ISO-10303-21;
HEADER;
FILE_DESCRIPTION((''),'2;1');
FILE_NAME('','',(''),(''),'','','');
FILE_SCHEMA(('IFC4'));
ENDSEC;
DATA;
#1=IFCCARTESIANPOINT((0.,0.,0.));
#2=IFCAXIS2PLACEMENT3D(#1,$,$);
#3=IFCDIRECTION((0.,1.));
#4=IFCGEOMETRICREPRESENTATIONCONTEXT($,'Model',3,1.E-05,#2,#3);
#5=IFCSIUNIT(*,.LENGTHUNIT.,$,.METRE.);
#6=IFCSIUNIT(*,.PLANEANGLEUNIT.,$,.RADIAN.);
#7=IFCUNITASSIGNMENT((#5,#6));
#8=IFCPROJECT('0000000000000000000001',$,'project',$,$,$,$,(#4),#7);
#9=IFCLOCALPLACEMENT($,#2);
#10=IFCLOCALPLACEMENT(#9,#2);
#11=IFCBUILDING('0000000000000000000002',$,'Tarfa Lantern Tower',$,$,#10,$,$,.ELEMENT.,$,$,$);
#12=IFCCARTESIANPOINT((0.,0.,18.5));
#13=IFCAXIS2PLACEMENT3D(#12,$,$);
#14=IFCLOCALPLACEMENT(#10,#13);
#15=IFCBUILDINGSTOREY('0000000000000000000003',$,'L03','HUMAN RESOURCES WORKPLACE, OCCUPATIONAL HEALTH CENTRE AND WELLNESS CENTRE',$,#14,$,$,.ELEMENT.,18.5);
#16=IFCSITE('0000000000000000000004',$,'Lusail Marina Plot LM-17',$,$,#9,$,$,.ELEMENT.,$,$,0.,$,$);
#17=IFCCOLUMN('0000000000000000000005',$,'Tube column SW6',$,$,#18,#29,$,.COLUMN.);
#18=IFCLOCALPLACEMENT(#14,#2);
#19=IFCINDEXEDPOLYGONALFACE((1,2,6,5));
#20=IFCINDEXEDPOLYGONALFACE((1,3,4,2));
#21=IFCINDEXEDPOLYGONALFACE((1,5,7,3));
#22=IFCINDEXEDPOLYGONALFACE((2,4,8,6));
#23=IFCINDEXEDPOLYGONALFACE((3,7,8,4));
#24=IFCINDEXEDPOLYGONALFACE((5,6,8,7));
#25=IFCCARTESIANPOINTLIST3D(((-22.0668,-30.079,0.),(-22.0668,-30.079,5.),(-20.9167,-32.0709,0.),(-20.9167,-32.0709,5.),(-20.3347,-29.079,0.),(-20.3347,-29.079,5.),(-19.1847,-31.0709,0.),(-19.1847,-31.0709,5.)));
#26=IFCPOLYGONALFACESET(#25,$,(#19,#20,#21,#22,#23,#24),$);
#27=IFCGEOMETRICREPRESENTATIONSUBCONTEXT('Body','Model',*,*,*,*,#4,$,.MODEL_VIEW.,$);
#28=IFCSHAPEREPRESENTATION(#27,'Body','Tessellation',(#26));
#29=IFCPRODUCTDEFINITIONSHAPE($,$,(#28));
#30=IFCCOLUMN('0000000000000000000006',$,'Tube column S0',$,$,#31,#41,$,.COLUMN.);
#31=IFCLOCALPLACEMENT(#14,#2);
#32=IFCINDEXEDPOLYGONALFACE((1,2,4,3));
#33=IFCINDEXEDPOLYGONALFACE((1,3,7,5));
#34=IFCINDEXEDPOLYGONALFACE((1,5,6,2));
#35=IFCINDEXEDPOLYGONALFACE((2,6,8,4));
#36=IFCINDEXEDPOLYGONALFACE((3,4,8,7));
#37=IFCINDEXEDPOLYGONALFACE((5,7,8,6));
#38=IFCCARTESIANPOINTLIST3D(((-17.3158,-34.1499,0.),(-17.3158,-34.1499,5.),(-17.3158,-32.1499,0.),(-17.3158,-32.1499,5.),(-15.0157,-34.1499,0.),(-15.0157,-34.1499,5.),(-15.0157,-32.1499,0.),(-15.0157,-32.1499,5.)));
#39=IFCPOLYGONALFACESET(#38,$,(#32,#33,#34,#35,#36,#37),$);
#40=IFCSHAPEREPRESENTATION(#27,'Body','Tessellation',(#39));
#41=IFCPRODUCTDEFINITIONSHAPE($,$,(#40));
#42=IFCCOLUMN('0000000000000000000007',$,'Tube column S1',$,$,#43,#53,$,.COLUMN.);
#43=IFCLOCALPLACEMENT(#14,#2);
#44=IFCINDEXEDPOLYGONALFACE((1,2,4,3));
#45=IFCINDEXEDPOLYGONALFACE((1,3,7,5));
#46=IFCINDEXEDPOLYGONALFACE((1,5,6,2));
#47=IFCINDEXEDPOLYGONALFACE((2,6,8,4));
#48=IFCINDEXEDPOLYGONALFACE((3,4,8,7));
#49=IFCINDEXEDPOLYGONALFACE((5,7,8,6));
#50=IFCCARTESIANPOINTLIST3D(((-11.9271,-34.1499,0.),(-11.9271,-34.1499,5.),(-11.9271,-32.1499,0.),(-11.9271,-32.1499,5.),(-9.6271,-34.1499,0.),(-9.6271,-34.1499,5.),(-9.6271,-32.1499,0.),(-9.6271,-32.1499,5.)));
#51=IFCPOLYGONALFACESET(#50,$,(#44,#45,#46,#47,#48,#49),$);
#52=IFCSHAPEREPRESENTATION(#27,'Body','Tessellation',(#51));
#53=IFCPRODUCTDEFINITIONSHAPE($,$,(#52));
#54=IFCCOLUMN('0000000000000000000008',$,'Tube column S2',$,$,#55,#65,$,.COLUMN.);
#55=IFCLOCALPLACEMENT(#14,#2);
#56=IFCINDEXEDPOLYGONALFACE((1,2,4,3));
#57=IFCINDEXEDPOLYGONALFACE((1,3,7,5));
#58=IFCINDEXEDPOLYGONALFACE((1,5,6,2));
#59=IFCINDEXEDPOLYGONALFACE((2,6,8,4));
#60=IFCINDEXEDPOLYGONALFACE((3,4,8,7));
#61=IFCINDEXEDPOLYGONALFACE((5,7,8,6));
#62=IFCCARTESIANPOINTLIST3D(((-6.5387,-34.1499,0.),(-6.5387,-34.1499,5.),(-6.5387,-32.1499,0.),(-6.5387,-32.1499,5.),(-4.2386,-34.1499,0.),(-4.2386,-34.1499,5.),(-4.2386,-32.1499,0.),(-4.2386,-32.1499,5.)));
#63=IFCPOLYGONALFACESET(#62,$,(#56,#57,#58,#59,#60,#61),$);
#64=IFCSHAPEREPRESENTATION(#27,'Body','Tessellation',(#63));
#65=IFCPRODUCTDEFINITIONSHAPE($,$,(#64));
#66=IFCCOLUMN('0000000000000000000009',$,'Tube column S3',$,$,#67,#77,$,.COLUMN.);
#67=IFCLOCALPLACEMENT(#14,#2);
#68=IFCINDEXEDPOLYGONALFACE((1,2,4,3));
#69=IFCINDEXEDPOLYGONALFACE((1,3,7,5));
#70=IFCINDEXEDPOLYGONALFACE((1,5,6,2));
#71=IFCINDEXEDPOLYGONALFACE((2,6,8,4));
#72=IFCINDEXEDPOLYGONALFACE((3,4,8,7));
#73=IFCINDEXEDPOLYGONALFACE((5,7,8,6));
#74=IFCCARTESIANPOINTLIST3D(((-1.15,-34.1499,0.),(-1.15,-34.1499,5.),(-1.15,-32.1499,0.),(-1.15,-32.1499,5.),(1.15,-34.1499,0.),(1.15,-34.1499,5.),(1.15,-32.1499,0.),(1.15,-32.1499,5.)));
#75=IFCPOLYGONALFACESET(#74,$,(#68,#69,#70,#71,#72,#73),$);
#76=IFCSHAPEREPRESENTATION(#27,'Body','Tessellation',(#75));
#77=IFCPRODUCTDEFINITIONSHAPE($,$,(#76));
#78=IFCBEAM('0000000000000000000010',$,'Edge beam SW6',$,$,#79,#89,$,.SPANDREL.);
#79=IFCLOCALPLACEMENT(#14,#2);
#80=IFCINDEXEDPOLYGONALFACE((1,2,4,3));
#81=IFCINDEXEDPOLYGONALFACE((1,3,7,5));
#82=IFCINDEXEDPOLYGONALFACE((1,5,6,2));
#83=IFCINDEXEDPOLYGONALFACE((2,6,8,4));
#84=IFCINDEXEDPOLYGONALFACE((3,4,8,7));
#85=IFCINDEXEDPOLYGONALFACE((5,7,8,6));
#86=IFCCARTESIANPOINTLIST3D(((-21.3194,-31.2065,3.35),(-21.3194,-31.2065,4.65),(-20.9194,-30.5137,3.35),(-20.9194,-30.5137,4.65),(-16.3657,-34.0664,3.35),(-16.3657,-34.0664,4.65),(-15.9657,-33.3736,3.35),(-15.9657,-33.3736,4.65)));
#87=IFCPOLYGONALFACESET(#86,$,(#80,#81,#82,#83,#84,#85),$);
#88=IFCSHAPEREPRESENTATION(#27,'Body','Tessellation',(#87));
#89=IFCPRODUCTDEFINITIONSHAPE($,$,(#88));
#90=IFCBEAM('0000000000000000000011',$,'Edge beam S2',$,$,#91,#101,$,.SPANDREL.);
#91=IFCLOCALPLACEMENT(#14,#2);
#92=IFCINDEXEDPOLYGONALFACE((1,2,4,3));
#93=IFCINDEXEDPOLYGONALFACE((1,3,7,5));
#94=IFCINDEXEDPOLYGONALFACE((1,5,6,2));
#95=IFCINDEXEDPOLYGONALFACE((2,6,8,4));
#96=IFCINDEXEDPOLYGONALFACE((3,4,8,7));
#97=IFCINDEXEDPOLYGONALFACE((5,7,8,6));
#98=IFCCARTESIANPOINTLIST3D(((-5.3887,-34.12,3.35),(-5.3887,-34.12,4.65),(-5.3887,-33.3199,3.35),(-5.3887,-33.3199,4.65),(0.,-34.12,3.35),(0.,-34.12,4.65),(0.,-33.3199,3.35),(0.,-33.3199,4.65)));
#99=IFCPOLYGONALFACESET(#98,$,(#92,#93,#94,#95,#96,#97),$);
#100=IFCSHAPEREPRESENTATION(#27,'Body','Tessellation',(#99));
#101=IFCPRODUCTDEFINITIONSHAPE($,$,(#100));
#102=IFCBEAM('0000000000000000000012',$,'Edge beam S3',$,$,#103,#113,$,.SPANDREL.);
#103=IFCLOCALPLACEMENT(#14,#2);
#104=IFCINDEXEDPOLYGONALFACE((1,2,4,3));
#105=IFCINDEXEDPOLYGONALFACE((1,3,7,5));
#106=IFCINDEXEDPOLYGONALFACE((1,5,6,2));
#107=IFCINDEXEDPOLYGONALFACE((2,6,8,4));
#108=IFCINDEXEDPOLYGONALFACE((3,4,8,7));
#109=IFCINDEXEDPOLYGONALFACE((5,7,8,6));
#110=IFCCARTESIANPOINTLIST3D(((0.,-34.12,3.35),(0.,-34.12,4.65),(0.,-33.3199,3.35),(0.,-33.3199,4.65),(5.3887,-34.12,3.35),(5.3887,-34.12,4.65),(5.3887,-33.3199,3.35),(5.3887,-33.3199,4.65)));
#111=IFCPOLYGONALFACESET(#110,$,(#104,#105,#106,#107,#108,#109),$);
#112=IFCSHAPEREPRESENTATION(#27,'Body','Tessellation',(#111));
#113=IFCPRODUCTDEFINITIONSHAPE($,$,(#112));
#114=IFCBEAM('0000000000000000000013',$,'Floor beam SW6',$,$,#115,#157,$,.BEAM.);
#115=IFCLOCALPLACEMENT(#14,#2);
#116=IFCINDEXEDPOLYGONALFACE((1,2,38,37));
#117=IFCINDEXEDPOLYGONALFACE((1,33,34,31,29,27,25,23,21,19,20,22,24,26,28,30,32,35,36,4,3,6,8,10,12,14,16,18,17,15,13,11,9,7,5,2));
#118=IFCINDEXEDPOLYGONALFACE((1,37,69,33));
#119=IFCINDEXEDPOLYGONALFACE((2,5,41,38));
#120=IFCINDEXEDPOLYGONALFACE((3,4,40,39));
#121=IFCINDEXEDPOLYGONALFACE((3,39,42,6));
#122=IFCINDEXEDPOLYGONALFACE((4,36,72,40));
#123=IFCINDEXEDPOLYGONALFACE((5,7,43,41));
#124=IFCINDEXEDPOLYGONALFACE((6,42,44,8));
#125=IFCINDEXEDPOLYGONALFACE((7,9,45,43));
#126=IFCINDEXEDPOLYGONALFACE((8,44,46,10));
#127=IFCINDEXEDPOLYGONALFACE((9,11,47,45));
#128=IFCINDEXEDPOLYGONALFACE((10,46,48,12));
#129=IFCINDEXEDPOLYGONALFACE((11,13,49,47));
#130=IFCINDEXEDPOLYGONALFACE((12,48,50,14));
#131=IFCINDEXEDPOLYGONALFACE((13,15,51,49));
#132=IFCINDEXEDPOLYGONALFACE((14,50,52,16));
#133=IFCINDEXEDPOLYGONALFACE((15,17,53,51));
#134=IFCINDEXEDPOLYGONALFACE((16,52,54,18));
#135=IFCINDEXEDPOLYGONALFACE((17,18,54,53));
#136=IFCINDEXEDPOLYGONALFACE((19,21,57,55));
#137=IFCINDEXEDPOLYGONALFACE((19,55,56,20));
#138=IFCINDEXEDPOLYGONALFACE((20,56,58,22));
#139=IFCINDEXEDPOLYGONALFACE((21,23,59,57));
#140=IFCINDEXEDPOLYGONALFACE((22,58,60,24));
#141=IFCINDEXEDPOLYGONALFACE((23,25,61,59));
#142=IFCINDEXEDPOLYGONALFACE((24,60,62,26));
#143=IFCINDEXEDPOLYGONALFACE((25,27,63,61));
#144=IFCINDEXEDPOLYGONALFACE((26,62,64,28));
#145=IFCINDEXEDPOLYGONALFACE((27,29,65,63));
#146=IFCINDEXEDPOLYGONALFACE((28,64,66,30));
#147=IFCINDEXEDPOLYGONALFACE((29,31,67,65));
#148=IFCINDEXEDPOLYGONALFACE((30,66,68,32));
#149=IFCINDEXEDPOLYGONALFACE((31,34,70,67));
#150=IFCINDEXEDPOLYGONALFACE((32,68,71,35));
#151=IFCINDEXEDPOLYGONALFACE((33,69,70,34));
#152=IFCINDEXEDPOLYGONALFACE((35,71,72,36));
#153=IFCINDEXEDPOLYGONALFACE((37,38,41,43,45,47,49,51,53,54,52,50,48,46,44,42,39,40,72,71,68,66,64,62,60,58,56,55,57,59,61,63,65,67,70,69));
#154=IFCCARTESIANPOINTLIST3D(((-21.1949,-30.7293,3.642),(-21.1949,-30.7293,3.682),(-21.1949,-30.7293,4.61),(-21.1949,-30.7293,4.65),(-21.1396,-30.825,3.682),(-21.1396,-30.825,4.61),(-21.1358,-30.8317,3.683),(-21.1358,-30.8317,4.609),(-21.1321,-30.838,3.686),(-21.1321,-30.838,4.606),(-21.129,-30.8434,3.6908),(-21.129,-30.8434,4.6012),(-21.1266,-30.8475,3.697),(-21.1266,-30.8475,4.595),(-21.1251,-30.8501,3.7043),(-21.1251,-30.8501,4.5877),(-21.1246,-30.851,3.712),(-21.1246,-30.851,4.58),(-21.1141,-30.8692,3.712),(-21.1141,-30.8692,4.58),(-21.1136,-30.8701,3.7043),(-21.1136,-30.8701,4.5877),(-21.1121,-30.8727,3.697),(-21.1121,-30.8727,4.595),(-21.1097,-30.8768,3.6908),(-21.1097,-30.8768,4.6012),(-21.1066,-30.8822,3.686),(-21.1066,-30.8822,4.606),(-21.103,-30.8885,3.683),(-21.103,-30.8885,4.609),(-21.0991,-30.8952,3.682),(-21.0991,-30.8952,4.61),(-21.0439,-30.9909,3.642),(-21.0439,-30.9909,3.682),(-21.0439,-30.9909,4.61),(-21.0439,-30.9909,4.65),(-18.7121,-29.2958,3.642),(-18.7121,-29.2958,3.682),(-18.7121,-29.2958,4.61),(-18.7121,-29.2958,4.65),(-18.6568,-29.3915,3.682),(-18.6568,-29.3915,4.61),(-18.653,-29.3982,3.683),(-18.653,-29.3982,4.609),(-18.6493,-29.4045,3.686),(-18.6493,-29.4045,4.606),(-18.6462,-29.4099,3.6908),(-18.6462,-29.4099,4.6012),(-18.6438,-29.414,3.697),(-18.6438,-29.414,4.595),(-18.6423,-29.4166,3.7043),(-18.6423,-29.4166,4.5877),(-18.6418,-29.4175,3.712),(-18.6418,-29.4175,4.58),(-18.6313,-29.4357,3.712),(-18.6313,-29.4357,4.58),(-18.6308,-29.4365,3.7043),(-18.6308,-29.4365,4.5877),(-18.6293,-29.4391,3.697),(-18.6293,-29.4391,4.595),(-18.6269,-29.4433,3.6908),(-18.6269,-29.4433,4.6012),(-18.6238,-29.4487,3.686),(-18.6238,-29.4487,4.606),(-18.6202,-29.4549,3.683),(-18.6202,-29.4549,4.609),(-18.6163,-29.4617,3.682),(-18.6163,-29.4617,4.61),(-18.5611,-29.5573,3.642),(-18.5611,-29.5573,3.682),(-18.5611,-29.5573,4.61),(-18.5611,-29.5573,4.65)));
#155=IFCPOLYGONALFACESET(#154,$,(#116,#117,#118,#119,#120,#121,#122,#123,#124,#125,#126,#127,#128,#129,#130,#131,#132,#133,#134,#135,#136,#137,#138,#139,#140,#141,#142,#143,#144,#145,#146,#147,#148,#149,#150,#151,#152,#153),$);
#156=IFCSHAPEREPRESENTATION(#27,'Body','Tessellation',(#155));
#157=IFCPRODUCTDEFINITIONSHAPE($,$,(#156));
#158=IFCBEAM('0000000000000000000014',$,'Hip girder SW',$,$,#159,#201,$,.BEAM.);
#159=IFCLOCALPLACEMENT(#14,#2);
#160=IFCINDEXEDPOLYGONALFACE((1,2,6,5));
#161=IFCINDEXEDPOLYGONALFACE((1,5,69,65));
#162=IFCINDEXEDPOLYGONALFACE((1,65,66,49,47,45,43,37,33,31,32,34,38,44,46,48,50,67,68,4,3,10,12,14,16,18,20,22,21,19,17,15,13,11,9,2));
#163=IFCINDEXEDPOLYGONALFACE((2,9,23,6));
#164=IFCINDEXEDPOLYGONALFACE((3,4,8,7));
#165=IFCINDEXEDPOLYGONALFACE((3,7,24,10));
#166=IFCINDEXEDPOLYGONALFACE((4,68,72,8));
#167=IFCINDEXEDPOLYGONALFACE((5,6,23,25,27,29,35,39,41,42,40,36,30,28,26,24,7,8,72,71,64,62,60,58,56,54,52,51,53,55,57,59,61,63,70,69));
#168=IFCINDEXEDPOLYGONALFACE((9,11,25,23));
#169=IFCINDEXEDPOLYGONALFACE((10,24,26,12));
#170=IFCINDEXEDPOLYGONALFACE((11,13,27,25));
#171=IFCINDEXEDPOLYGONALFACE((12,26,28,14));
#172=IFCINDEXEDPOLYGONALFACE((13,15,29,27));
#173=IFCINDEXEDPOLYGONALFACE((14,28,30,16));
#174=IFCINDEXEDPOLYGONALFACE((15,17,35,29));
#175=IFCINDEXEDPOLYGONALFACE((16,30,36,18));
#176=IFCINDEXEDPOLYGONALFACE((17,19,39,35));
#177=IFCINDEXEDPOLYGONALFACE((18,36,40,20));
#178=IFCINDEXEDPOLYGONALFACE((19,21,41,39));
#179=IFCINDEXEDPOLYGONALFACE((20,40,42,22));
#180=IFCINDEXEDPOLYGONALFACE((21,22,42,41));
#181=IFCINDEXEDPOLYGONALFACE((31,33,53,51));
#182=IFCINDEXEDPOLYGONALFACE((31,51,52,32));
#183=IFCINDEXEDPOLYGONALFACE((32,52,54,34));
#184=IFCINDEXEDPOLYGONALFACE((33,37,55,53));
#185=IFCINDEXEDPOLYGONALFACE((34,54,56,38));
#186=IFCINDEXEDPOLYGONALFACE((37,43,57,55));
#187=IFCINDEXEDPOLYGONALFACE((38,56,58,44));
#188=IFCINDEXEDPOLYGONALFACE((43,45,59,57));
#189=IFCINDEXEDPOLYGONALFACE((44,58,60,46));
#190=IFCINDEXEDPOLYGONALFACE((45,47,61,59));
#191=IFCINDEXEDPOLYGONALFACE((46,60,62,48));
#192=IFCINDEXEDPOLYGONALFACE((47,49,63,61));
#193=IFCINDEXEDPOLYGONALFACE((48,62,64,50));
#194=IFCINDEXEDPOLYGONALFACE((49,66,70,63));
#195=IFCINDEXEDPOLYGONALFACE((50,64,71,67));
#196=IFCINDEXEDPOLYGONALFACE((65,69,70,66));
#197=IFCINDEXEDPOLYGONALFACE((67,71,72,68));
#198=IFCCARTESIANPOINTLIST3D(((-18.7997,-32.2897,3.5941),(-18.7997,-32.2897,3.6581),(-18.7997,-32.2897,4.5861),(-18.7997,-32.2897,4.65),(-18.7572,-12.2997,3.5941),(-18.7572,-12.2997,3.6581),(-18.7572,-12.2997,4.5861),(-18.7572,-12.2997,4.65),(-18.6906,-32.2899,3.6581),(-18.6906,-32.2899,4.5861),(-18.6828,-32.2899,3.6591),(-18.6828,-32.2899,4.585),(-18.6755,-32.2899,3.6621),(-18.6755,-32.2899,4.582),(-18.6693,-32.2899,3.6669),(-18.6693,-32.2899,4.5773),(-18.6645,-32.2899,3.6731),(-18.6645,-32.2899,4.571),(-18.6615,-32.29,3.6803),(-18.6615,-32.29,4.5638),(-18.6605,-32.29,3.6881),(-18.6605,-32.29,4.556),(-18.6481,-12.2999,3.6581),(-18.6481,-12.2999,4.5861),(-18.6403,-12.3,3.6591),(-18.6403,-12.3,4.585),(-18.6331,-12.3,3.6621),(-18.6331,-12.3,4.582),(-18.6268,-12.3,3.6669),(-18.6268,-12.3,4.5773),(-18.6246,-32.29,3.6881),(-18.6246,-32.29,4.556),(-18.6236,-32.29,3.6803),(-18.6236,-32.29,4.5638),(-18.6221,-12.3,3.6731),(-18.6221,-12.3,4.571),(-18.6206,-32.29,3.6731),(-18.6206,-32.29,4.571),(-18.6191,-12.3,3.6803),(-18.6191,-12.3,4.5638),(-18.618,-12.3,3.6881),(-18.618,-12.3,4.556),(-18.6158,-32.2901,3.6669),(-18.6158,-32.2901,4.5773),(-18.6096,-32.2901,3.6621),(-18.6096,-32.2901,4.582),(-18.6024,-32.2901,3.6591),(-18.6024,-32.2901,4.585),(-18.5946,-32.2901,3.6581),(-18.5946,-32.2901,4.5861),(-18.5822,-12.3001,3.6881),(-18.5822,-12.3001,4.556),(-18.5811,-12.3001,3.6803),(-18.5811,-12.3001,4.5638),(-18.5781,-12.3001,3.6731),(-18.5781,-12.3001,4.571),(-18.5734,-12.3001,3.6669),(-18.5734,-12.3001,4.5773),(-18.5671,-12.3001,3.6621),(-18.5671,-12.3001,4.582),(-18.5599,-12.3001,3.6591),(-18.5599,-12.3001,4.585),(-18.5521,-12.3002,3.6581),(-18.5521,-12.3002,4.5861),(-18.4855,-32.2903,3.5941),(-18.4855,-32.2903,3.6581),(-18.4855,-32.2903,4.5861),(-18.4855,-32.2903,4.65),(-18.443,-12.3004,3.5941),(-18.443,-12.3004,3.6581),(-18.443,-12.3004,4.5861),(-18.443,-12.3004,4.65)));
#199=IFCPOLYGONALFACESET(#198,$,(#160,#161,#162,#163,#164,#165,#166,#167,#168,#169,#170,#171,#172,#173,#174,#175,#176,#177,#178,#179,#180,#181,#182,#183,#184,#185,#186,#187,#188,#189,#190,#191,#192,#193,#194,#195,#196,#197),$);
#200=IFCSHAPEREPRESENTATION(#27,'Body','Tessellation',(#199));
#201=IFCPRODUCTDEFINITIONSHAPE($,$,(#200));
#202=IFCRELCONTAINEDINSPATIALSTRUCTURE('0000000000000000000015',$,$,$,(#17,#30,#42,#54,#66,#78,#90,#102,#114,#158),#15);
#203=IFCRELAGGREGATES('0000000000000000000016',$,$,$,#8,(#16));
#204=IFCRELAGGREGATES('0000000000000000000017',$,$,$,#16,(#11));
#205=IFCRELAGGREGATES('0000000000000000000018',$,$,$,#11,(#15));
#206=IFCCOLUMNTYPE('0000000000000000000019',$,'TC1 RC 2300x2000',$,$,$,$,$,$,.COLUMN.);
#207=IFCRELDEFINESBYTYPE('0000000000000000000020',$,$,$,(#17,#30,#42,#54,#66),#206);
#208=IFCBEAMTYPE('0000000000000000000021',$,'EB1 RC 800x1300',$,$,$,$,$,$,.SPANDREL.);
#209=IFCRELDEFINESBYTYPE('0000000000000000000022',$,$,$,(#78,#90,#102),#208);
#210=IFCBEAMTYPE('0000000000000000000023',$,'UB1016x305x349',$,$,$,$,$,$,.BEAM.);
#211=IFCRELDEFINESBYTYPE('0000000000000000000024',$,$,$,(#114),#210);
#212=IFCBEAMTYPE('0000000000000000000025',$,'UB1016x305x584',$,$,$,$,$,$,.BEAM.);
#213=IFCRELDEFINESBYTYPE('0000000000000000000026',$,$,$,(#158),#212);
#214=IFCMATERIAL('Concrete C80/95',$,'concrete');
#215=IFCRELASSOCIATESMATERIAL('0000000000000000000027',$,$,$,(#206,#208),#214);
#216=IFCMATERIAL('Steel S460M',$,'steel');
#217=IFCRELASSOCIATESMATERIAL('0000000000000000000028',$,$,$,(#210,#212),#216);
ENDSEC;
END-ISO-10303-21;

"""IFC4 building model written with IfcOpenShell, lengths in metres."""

from ifc_helpers import new_model, si_unit, direction, frame, origin, origin_2d, place, context, subcontext, project, spatial, rectangle, i_section, extrude, material, material_profile, profile_set, type_object, element, save


model = new_model("IFC4")

# Units and contexts
model_context = context("Model", 3, precision=1e-05, world=origin(), true_north=direction((0.0, 1.0)))
body_context = subcontext(model_context, "Body", "Model", "MODEL_VIEW")
ifc_project = project(units=[si_unit("LENGTHUNIT", "METRE"), si_unit("PLANEANGLEUNIT", "RADIAN")], contexts=[model_context])

# Site, building, storey
site_placement = place(None, origin())
site = spatial("IfcSite", under=ifc_project, at=site_placement, Name="Lusail Marina Plot LM-17", CompositionType="ELEMENT", RefElevation=0.0)
building_placement = place(site_placement, origin())
building = spatial("IfcBuilding", under=site, at=building_placement, Name="Tarfa Lantern Tower", CompositionType="ELEMENT")
storey_placement = place(building_placement, frame((0.0, 0.0, 18.5)))
storey = spatial("IfcBuildingStorey", under=building, at=storey_placement, Name="L03", Description="HUMAN RESOURCES WORKPLACE, OCCUPATIONAL HEALTH CENTRE AND WELLNESS CENTRE", CompositionType="ELEMENT", Elevation=18.5)

# Columns
ifc_material_1 = material(Name="Concrete C80/95", Category="concrete")
ifc_material_profile_1 = material_profile(ifc_material_1, rectangle(XDim=2.3, YDim=2.0, at=origin_2d()), Name="RC 2300x2000")
ifc_profile_set_1 = profile_set([ifc_material_profile_1], Name="Concrete C80/95")
column_type = type_object("IfcColumnType", Name="TC1 RC 2300x2000", PredefinedType="COLUMN", material=ifc_profile_set_1)
for number, where, z_axis, x_axis, name in (
    (1, (-20.6257, -30.575, 0.0), (0.0, 0.0, 1.0), (0.5, -0.866025, 0.0), "Tube column SW6"),
    (2, (-16.1658, -33.1499, 0.0), (0.0, 0.0, 1.0), (1.0, 0.0, 0.0), "Tube column S0"),
    (3, (-10.7771, -33.1499, 0.0), (0.0, 0.0, 1.0), (1.0, 0.0, 0.0), "Tube column S1"),
    (4, (-5.3887, -33.1499, 0.0), (0.0, 0.0, 1.0), (1.0, 0.0, 0.0), "Tube column S2"),
    (5, (0.0, -33.1499, 0.0), (0.0, 0.0, 1.0), (1.0, 0.0, 0.0), "Tube column S3"),
):
    element("IfcColumn", number, at=place(storey_placement, frame(where, z_axis=z_axis, x_axis=x_axis)), inside=storey, type_object=column_type, Name=name, PredefinedType="COLUMN", context=body_context, shape_type="SweptSolid", body=[
        extrude(rectangle(XDim=2.3, YDim=2.0, at=origin_2d()), origin(), (0.0, 0.0, 1.0), 5.0),
    ])

# Beams
ifc_material_profile_2 = material_profile(ifc_material_1, rectangle(XDim=0.8, YDim=1.3, at=origin_2d()), Name="RC 800x1300")
ifc_profile_set_2 = profile_set([ifc_material_profile_2], Name="Concrete C80/95")
beam_type_1 = type_object("IfcBeamType", Name="EB1 RC 800x1300", PredefinedType="SPANDREL", material=ifc_profile_set_2)
beam_1_placement = place(storey_placement, frame((-21.1194, -30.8601, 4.0), z_axis=(0.866033, -0.499986, 0.0), x_axis=(0.499986, 0.866033, 0.0)))
element("IfcBeam", 6, at=beam_1_placement, inside=storey, type_object=beam_type_1, Name="Edge beam SW6", PredefinedType="SPANDREL", context=body_context, shape_type="SweptSolid", body=[
    extrude(rectangle(XDim=0.8, YDim=1.3, at=origin_2d()), origin(), (0.0, 0.0, 1.0), 5.72),
])
for number, where, z_axis, x_axis, name in (
    (7, (-5.3887, -33.72, 4.0), (1.0, 0.0, 0.0), (0.0, 1.0, 0.0), "Edge beam S2"),
    (8, (0.0, -33.72, 4.0), (1.0, 0.0, 0.0), (0.0, 1.0, 0.0), "Edge beam S3"),
):
    element("IfcBeam", number, at=place(storey_placement, frame(where, z_axis=z_axis, x_axis=x_axis)), inside=storey, type_object=beam_type_1, Name=name, PredefinedType="SPANDREL", context=body_context, shape_type="SweptSolid", body=[
        extrude(rectangle(XDim=0.8, YDim=1.3, at=origin_2d()), origin(), (0.0, 0.0, 1.0), 5.3887),
    ])
ifc_material_2 = material(Name="Steel S460M", Category="steel")
ifc_material_profile_3 = material_profile(ifc_material_2, i_section(OverallWidth=0.302, OverallDepth=1.0081, WebThickness=0.021, FlangeThickness=0.04, FilletRadius=0.03, at=origin_2d()), Name="UB1016x305x349")
ifc_profile_set_3 = profile_set([ifc_material_profile_3], Name="Steel S460M")
beam_type_2 = type_object("IfcBeamType", Name="UB1016x305x349", PredefinedType="BEAM", material=ifc_profile_set_3)
beam_2_placement = place(storey_placement, frame((-21.1194, -30.8601, 4.146), z_axis=(0.866013, 0.500022, 0.0), x_axis=(-0.500022, 0.866013, 0.0)))
element("IfcBeam", 9, at=beam_2_placement, inside=storey, type_object=beam_type_2, Name="Floor beam SW6", PredefinedType="BEAM", context=body_context, shape_type="SweptSolid", body=[
    extrude(i_section(OverallWidth=0.302, OverallDepth=1.0081, WebThickness=0.021, FlangeThickness=0.04, FilletRadius=0.03, at=origin_2d()), origin(), (0.0, 0.0, 1.0), 2.8669),
])
ifc_material_profile_4 = material_profile(ifc_material_2, i_section(OverallWidth=0.3142, OverallDepth=1.0559, WebThickness=0.0359, FlangeThickness=0.064, FilletRadius=0.03, at=origin_2d()), Name="UB1016x305x584")
ifc_profile_set_4 = profile_set([ifc_material_profile_4], Name="Steel S460M")
beam_type_3 = type_object("IfcBeamType", Name="UB1016x305x584", PredefinedType="BEAM", material=ifc_profile_set_4)
beam_3_placement = place(storey_placement, frame((-18.6001, -12.3, 4.1221), z_axis=(-0.002125, -0.999998, 0.0), x_axis=(0.999998, -0.002125, 0.0)))
element("IfcBeam", 10, at=beam_3_placement, inside=storey, type_object=beam_type_3, Name="Hip girder SW", PredefinedType="BEAM", context=body_context, shape_type="SweptSolid", body=[
    extrude(i_section(OverallWidth=0.3142, OverallDepth=1.0559, WebThickness=0.0359, FlangeThickness=0.064, FilletRadius=0.03, at=origin_2d()), origin(), (0.0, 0.0, 1.0), 19.99),
])

save(model, "model.ifc")
